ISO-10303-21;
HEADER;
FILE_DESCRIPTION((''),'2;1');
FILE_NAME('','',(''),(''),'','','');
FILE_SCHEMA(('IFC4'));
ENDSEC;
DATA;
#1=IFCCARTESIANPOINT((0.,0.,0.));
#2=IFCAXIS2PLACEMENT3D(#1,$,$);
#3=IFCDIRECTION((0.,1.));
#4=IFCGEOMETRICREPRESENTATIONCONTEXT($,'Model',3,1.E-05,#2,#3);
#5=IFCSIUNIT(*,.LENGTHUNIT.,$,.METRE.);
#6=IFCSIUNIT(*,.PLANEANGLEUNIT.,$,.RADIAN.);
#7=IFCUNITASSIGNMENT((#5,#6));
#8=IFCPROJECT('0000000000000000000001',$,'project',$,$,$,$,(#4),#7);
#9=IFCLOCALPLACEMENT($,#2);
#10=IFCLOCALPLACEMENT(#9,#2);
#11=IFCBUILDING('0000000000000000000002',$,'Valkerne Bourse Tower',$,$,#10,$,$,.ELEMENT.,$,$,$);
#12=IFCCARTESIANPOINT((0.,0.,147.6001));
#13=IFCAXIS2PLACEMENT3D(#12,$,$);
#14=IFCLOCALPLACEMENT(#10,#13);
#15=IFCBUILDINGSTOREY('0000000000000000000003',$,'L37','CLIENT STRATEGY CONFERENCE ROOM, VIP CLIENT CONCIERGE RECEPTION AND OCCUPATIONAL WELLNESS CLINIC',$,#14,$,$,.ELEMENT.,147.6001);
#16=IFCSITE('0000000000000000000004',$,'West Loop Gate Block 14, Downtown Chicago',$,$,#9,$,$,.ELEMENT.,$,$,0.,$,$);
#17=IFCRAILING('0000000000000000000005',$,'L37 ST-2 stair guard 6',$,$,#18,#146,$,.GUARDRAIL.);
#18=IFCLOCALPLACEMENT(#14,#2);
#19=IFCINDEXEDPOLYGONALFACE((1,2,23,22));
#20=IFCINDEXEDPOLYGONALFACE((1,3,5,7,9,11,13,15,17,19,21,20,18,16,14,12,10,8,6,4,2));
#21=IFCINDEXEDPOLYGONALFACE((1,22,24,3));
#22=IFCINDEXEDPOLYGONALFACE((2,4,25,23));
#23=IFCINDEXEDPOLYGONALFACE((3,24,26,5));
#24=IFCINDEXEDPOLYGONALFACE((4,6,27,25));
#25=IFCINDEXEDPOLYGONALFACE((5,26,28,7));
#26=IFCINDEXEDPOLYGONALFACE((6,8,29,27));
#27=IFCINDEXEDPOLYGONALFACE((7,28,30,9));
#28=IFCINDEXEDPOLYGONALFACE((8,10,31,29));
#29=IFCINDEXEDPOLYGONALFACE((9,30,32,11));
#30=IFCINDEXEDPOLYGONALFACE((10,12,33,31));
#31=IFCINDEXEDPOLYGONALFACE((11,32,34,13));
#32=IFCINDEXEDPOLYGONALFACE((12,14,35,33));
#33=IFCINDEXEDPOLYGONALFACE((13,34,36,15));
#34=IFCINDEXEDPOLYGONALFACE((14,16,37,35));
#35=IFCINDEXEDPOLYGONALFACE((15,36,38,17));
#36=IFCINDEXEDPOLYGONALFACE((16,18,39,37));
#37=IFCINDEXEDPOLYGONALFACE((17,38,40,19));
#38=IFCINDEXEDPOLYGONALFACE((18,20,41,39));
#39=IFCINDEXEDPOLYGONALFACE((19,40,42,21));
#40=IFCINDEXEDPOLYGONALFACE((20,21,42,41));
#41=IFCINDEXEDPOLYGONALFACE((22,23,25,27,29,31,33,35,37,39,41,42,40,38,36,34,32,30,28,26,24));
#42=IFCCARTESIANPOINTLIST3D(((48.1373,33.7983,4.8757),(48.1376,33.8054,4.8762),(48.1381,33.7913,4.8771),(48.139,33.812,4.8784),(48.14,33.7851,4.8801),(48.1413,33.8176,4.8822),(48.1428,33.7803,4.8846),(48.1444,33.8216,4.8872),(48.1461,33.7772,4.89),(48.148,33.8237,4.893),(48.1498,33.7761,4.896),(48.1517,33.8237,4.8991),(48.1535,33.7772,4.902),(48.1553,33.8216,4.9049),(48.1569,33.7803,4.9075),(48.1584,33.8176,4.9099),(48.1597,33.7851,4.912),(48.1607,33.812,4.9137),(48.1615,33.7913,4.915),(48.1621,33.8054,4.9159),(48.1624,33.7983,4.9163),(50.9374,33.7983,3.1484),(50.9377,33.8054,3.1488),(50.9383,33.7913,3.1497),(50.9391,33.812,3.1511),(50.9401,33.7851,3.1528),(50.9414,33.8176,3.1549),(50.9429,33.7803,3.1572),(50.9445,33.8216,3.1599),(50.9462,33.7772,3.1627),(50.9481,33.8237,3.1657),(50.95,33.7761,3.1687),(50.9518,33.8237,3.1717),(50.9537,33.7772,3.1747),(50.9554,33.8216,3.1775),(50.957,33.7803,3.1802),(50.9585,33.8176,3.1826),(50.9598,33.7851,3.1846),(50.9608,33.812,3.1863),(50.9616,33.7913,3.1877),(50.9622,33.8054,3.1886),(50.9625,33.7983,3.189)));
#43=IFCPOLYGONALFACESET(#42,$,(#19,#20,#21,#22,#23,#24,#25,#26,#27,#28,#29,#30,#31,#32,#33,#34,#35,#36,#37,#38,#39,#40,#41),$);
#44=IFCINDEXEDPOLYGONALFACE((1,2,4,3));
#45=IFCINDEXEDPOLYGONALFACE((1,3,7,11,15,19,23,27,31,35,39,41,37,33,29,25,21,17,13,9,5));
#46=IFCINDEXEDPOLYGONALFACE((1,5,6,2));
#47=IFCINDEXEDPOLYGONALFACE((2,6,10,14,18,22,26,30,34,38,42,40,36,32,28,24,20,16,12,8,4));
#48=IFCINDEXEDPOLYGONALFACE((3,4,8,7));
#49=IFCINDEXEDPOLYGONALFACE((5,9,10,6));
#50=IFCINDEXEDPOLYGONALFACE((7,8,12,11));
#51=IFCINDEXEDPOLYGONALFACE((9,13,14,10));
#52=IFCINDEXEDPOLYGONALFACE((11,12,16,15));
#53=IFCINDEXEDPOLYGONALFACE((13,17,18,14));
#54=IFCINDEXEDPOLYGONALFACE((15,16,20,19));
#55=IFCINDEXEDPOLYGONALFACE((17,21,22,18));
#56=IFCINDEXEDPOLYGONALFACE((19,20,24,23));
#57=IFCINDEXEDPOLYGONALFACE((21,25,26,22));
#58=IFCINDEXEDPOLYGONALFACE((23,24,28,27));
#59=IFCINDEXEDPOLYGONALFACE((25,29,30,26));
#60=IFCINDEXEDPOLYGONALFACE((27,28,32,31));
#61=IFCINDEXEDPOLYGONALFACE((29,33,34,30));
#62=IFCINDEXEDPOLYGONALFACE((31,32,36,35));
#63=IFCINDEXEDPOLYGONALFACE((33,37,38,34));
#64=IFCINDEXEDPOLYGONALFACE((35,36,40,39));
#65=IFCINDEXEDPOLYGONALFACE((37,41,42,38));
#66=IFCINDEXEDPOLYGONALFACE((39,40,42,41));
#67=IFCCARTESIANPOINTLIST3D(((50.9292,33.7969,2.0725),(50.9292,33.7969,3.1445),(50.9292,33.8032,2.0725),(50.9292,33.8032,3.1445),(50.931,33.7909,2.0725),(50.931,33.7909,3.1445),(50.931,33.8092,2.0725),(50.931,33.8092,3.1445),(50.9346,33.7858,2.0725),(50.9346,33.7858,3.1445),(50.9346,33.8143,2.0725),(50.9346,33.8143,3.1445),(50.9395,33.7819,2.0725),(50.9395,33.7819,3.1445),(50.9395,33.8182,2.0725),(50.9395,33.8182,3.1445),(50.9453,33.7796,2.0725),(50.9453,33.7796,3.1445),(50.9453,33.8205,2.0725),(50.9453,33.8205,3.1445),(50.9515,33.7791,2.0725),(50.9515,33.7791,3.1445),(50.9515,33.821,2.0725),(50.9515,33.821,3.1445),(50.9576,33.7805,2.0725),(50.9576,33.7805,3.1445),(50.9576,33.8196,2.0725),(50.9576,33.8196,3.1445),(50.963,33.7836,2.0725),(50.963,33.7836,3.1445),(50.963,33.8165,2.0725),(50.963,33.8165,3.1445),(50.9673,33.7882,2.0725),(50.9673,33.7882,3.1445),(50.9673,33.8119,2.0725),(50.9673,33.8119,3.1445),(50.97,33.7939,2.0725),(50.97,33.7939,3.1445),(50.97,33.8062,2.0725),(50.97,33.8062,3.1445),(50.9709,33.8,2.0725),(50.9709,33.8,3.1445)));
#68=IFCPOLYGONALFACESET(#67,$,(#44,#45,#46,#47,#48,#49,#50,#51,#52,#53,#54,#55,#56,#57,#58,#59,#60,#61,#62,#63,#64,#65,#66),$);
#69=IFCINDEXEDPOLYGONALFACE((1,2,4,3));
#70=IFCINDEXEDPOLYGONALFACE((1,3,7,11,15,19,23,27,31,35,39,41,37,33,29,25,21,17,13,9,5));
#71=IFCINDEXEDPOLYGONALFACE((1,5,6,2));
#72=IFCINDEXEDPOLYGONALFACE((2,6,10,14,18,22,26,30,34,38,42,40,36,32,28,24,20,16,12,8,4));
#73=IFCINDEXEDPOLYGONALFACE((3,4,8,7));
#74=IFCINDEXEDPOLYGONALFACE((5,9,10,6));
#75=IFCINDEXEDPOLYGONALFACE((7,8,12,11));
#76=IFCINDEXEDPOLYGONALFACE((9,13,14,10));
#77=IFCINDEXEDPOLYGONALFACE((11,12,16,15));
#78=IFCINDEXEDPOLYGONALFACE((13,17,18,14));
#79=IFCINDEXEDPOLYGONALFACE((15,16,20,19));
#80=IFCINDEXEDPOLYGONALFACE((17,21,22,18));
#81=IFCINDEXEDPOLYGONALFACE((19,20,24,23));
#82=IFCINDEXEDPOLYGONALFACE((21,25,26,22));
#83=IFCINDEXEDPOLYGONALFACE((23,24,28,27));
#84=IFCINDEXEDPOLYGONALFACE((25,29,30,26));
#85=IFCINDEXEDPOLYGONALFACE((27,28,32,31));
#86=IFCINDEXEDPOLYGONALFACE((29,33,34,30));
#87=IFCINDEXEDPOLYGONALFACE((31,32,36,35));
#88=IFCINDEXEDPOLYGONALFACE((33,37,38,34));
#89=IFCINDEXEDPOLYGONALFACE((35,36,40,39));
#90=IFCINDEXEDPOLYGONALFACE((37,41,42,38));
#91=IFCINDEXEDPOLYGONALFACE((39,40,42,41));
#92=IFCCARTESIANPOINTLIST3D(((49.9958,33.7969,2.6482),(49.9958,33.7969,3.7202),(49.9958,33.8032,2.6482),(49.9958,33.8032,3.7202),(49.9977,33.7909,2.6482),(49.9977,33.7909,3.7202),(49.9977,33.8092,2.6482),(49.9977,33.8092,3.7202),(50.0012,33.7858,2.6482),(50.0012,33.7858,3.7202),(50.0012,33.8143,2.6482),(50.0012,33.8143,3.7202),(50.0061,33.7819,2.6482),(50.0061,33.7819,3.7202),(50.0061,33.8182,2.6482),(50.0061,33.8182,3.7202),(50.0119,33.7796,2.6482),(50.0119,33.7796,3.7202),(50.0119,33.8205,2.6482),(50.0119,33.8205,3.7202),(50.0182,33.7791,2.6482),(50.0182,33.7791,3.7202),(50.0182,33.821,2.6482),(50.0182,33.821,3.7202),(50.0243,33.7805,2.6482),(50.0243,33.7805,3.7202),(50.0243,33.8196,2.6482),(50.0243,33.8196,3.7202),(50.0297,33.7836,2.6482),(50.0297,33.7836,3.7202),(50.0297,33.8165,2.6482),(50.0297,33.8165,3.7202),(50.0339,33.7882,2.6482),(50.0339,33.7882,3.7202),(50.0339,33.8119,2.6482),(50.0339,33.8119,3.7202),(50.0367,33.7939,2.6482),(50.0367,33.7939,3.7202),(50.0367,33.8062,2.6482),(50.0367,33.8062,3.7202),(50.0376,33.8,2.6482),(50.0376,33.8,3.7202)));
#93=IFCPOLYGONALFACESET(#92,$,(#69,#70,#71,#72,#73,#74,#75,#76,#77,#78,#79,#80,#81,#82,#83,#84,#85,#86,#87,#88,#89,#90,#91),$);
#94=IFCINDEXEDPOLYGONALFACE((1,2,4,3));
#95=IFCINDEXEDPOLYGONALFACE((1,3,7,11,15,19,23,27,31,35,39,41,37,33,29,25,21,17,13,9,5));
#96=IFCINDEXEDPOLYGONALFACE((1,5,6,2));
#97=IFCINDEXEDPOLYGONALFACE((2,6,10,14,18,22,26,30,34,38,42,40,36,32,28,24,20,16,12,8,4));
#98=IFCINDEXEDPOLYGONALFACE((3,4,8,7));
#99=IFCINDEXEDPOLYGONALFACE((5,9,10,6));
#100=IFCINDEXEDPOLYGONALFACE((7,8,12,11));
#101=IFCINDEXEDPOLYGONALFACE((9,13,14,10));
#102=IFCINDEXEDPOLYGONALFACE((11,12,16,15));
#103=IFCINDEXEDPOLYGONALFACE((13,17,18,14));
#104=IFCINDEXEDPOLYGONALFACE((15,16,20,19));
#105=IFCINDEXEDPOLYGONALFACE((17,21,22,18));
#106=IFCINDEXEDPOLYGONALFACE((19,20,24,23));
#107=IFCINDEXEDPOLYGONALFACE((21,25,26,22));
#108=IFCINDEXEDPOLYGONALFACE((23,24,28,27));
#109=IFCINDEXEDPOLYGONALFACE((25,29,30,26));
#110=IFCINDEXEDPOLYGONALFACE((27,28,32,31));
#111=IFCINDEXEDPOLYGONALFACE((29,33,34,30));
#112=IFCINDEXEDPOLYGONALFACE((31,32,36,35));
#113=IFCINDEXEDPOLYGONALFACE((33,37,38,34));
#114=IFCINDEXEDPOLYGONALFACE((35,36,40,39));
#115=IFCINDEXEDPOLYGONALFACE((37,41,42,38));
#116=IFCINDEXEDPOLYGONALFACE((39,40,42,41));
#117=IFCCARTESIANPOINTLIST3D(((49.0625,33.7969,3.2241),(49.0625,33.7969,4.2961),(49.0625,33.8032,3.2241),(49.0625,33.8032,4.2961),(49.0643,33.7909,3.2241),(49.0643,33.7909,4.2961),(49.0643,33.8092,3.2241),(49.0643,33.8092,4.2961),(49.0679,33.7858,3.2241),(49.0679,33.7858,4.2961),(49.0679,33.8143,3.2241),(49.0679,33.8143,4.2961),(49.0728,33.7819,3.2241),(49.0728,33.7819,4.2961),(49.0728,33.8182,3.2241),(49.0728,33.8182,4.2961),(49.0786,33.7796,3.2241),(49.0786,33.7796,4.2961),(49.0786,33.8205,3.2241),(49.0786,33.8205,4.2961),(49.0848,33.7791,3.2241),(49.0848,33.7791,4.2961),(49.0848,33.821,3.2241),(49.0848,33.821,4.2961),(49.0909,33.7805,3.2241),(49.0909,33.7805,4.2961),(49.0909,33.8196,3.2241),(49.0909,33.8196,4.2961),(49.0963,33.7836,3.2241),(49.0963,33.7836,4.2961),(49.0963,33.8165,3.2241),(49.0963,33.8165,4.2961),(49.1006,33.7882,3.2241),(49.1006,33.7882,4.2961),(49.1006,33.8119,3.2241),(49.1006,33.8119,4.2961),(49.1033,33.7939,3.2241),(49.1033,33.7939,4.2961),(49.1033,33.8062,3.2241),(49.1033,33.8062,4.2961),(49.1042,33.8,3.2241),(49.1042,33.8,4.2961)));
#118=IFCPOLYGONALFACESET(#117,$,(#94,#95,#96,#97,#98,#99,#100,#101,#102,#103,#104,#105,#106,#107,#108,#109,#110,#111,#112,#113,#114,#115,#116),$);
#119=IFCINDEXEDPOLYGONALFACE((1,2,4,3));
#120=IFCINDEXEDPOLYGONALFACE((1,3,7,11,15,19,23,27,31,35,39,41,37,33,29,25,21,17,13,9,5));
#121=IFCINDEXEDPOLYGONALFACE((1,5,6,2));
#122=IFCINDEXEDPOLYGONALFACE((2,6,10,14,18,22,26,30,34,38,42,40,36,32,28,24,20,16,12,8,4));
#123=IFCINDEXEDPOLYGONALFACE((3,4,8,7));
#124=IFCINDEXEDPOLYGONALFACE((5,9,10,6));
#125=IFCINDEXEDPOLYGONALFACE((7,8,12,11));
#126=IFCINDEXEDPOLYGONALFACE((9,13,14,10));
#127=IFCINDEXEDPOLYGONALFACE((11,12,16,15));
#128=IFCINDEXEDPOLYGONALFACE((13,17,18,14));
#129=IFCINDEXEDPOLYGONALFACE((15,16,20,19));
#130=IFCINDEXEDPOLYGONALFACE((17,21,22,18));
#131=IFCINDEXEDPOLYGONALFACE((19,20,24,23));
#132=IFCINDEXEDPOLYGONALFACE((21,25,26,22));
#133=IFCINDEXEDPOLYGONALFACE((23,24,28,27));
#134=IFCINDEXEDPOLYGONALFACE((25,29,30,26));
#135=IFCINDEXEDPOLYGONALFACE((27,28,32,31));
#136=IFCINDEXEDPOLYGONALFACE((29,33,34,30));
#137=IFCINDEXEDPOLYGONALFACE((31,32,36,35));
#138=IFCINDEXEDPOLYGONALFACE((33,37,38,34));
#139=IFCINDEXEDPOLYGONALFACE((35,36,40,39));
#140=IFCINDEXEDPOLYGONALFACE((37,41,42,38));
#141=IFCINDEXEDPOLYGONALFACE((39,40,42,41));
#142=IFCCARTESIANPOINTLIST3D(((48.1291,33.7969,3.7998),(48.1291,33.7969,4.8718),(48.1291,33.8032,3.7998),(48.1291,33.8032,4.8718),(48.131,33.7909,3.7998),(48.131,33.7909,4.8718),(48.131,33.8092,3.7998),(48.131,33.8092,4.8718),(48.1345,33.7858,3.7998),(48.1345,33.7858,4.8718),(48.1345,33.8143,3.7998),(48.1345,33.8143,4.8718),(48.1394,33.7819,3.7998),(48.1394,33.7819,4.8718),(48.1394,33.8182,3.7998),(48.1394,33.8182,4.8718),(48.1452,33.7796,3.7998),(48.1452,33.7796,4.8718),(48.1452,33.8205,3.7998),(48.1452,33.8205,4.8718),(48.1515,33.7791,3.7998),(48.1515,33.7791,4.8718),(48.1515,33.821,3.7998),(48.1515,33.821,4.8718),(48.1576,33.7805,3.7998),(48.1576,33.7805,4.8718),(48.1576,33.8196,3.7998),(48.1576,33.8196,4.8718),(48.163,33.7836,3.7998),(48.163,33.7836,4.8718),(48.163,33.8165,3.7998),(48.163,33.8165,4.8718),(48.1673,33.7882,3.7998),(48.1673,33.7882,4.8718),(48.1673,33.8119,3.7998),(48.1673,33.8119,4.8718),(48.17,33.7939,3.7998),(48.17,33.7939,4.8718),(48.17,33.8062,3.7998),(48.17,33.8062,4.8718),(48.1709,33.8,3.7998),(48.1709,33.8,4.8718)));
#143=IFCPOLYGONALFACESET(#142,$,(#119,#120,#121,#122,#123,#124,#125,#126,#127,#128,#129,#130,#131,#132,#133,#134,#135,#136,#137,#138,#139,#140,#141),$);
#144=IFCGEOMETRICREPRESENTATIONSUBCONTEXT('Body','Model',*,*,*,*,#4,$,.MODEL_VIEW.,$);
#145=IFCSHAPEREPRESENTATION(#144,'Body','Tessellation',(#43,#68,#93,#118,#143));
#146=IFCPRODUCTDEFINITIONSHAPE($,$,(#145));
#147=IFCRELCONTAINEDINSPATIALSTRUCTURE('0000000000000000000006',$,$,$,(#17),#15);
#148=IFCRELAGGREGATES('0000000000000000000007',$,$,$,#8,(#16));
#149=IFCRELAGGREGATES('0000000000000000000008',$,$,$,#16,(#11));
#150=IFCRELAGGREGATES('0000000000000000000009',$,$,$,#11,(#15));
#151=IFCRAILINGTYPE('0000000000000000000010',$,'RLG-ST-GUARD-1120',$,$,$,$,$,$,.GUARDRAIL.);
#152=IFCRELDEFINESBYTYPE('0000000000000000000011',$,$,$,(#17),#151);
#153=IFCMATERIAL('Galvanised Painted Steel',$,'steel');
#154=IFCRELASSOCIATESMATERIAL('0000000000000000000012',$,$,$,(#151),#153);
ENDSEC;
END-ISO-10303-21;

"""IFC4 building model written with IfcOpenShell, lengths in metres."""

from ifc_helpers import new_model, si_unit, direction, frame, origin, origin_2d, place, context, subcontext, project, spatial, circle, extrude, material, type_object, element, save


model = new_model("IFC4")

# Units and contexts
model_context = context("Model", 3, precision=1e-05, world=origin(), true_north=direction((0.0, 1.0)))
body_context = subcontext(model_context, "Body", "Model", "MODEL_VIEW")
ifc_project = project(units=[si_unit("LENGTHUNIT", "METRE"), si_unit("PLANEANGLEUNIT", "RADIAN")], contexts=[model_context])

# Site, building, storey
site_placement = place(None, origin())
site = spatial("IfcSite", under=ifc_project, at=site_placement, Name="West Loop Gate Block 14, Downtown Chicago", CompositionType="ELEMENT", RefElevation=0.0)
building_placement = place(site_placement, origin())
building = spatial("IfcBuilding", under=site, at=building_placement, Name="Valkerne Bourse Tower", CompositionType="ELEMENT")
storey_placement = place(building_placement, frame((0.0, 0.0, 147.6001)))
storey = spatial("IfcBuildingStorey", under=building, at=storey_placement, Name="L37", Description="CLIENT STRATEGY CONFERENCE ROOM, VIP CLIENT CONCIERGE RECEPTION AND OCCUPATIONAL WELLNESS CLINIC", CompositionType="ELEMENT", Elevation=147.6001)

# Shared definitions
ifc_material_1 = material(Name="Galvanised Painted Steel", Category="steel")

# Railing
railing_type_1 = type_object("IfcRailingType", Name="RLG-ST-GUARD-1120", PredefinedType="GUARDRAIL", material=ifc_material_1)
railing_1_placement = place(storey_placement, frame((50.95, 33.8, 2.0725)))
element("IfcRailing", 1, at=railing_1_placement, inside=storey, type_object=railing_type_1, Name="L37 ST-2 stair guard 6", PredefinedType="GUARDRAIL", context=body_context, shape_type="SweptSolid", body=[
    extrude(circle(Radius=0.0239, at=origin_2d()), frame((0.0, 0.0, 1.0962), z_axis=(-0.85109, 0.0, 0.52502), x_axis=(0.0, -1.0, 0.0)), (0.0, 0.0, 1.0), 3.29),
    extrude(circle(Radius=0.021, at=origin_2d()), origin(), (0.0, 0.0, 1.0), 1.072),
    extrude(circle(Radius=0.021, at=origin_2d()), frame((-0.9333, 0.0, 0.5757)), (0.0, 0.0, 1.0), 1.072),
    extrude(circle(Radius=0.021, at=origin_2d()), frame((-1.8667, 0.0, 1.1516)), (0.0, 0.0, 1.0), 1.072),
    extrude(circle(Radius=0.021, at=origin_2d()), frame((-2.8, 0.0, 1.7273)), (0.0, 0.0, 1.0), 1.072),
])

save(model, "model.ifc")
